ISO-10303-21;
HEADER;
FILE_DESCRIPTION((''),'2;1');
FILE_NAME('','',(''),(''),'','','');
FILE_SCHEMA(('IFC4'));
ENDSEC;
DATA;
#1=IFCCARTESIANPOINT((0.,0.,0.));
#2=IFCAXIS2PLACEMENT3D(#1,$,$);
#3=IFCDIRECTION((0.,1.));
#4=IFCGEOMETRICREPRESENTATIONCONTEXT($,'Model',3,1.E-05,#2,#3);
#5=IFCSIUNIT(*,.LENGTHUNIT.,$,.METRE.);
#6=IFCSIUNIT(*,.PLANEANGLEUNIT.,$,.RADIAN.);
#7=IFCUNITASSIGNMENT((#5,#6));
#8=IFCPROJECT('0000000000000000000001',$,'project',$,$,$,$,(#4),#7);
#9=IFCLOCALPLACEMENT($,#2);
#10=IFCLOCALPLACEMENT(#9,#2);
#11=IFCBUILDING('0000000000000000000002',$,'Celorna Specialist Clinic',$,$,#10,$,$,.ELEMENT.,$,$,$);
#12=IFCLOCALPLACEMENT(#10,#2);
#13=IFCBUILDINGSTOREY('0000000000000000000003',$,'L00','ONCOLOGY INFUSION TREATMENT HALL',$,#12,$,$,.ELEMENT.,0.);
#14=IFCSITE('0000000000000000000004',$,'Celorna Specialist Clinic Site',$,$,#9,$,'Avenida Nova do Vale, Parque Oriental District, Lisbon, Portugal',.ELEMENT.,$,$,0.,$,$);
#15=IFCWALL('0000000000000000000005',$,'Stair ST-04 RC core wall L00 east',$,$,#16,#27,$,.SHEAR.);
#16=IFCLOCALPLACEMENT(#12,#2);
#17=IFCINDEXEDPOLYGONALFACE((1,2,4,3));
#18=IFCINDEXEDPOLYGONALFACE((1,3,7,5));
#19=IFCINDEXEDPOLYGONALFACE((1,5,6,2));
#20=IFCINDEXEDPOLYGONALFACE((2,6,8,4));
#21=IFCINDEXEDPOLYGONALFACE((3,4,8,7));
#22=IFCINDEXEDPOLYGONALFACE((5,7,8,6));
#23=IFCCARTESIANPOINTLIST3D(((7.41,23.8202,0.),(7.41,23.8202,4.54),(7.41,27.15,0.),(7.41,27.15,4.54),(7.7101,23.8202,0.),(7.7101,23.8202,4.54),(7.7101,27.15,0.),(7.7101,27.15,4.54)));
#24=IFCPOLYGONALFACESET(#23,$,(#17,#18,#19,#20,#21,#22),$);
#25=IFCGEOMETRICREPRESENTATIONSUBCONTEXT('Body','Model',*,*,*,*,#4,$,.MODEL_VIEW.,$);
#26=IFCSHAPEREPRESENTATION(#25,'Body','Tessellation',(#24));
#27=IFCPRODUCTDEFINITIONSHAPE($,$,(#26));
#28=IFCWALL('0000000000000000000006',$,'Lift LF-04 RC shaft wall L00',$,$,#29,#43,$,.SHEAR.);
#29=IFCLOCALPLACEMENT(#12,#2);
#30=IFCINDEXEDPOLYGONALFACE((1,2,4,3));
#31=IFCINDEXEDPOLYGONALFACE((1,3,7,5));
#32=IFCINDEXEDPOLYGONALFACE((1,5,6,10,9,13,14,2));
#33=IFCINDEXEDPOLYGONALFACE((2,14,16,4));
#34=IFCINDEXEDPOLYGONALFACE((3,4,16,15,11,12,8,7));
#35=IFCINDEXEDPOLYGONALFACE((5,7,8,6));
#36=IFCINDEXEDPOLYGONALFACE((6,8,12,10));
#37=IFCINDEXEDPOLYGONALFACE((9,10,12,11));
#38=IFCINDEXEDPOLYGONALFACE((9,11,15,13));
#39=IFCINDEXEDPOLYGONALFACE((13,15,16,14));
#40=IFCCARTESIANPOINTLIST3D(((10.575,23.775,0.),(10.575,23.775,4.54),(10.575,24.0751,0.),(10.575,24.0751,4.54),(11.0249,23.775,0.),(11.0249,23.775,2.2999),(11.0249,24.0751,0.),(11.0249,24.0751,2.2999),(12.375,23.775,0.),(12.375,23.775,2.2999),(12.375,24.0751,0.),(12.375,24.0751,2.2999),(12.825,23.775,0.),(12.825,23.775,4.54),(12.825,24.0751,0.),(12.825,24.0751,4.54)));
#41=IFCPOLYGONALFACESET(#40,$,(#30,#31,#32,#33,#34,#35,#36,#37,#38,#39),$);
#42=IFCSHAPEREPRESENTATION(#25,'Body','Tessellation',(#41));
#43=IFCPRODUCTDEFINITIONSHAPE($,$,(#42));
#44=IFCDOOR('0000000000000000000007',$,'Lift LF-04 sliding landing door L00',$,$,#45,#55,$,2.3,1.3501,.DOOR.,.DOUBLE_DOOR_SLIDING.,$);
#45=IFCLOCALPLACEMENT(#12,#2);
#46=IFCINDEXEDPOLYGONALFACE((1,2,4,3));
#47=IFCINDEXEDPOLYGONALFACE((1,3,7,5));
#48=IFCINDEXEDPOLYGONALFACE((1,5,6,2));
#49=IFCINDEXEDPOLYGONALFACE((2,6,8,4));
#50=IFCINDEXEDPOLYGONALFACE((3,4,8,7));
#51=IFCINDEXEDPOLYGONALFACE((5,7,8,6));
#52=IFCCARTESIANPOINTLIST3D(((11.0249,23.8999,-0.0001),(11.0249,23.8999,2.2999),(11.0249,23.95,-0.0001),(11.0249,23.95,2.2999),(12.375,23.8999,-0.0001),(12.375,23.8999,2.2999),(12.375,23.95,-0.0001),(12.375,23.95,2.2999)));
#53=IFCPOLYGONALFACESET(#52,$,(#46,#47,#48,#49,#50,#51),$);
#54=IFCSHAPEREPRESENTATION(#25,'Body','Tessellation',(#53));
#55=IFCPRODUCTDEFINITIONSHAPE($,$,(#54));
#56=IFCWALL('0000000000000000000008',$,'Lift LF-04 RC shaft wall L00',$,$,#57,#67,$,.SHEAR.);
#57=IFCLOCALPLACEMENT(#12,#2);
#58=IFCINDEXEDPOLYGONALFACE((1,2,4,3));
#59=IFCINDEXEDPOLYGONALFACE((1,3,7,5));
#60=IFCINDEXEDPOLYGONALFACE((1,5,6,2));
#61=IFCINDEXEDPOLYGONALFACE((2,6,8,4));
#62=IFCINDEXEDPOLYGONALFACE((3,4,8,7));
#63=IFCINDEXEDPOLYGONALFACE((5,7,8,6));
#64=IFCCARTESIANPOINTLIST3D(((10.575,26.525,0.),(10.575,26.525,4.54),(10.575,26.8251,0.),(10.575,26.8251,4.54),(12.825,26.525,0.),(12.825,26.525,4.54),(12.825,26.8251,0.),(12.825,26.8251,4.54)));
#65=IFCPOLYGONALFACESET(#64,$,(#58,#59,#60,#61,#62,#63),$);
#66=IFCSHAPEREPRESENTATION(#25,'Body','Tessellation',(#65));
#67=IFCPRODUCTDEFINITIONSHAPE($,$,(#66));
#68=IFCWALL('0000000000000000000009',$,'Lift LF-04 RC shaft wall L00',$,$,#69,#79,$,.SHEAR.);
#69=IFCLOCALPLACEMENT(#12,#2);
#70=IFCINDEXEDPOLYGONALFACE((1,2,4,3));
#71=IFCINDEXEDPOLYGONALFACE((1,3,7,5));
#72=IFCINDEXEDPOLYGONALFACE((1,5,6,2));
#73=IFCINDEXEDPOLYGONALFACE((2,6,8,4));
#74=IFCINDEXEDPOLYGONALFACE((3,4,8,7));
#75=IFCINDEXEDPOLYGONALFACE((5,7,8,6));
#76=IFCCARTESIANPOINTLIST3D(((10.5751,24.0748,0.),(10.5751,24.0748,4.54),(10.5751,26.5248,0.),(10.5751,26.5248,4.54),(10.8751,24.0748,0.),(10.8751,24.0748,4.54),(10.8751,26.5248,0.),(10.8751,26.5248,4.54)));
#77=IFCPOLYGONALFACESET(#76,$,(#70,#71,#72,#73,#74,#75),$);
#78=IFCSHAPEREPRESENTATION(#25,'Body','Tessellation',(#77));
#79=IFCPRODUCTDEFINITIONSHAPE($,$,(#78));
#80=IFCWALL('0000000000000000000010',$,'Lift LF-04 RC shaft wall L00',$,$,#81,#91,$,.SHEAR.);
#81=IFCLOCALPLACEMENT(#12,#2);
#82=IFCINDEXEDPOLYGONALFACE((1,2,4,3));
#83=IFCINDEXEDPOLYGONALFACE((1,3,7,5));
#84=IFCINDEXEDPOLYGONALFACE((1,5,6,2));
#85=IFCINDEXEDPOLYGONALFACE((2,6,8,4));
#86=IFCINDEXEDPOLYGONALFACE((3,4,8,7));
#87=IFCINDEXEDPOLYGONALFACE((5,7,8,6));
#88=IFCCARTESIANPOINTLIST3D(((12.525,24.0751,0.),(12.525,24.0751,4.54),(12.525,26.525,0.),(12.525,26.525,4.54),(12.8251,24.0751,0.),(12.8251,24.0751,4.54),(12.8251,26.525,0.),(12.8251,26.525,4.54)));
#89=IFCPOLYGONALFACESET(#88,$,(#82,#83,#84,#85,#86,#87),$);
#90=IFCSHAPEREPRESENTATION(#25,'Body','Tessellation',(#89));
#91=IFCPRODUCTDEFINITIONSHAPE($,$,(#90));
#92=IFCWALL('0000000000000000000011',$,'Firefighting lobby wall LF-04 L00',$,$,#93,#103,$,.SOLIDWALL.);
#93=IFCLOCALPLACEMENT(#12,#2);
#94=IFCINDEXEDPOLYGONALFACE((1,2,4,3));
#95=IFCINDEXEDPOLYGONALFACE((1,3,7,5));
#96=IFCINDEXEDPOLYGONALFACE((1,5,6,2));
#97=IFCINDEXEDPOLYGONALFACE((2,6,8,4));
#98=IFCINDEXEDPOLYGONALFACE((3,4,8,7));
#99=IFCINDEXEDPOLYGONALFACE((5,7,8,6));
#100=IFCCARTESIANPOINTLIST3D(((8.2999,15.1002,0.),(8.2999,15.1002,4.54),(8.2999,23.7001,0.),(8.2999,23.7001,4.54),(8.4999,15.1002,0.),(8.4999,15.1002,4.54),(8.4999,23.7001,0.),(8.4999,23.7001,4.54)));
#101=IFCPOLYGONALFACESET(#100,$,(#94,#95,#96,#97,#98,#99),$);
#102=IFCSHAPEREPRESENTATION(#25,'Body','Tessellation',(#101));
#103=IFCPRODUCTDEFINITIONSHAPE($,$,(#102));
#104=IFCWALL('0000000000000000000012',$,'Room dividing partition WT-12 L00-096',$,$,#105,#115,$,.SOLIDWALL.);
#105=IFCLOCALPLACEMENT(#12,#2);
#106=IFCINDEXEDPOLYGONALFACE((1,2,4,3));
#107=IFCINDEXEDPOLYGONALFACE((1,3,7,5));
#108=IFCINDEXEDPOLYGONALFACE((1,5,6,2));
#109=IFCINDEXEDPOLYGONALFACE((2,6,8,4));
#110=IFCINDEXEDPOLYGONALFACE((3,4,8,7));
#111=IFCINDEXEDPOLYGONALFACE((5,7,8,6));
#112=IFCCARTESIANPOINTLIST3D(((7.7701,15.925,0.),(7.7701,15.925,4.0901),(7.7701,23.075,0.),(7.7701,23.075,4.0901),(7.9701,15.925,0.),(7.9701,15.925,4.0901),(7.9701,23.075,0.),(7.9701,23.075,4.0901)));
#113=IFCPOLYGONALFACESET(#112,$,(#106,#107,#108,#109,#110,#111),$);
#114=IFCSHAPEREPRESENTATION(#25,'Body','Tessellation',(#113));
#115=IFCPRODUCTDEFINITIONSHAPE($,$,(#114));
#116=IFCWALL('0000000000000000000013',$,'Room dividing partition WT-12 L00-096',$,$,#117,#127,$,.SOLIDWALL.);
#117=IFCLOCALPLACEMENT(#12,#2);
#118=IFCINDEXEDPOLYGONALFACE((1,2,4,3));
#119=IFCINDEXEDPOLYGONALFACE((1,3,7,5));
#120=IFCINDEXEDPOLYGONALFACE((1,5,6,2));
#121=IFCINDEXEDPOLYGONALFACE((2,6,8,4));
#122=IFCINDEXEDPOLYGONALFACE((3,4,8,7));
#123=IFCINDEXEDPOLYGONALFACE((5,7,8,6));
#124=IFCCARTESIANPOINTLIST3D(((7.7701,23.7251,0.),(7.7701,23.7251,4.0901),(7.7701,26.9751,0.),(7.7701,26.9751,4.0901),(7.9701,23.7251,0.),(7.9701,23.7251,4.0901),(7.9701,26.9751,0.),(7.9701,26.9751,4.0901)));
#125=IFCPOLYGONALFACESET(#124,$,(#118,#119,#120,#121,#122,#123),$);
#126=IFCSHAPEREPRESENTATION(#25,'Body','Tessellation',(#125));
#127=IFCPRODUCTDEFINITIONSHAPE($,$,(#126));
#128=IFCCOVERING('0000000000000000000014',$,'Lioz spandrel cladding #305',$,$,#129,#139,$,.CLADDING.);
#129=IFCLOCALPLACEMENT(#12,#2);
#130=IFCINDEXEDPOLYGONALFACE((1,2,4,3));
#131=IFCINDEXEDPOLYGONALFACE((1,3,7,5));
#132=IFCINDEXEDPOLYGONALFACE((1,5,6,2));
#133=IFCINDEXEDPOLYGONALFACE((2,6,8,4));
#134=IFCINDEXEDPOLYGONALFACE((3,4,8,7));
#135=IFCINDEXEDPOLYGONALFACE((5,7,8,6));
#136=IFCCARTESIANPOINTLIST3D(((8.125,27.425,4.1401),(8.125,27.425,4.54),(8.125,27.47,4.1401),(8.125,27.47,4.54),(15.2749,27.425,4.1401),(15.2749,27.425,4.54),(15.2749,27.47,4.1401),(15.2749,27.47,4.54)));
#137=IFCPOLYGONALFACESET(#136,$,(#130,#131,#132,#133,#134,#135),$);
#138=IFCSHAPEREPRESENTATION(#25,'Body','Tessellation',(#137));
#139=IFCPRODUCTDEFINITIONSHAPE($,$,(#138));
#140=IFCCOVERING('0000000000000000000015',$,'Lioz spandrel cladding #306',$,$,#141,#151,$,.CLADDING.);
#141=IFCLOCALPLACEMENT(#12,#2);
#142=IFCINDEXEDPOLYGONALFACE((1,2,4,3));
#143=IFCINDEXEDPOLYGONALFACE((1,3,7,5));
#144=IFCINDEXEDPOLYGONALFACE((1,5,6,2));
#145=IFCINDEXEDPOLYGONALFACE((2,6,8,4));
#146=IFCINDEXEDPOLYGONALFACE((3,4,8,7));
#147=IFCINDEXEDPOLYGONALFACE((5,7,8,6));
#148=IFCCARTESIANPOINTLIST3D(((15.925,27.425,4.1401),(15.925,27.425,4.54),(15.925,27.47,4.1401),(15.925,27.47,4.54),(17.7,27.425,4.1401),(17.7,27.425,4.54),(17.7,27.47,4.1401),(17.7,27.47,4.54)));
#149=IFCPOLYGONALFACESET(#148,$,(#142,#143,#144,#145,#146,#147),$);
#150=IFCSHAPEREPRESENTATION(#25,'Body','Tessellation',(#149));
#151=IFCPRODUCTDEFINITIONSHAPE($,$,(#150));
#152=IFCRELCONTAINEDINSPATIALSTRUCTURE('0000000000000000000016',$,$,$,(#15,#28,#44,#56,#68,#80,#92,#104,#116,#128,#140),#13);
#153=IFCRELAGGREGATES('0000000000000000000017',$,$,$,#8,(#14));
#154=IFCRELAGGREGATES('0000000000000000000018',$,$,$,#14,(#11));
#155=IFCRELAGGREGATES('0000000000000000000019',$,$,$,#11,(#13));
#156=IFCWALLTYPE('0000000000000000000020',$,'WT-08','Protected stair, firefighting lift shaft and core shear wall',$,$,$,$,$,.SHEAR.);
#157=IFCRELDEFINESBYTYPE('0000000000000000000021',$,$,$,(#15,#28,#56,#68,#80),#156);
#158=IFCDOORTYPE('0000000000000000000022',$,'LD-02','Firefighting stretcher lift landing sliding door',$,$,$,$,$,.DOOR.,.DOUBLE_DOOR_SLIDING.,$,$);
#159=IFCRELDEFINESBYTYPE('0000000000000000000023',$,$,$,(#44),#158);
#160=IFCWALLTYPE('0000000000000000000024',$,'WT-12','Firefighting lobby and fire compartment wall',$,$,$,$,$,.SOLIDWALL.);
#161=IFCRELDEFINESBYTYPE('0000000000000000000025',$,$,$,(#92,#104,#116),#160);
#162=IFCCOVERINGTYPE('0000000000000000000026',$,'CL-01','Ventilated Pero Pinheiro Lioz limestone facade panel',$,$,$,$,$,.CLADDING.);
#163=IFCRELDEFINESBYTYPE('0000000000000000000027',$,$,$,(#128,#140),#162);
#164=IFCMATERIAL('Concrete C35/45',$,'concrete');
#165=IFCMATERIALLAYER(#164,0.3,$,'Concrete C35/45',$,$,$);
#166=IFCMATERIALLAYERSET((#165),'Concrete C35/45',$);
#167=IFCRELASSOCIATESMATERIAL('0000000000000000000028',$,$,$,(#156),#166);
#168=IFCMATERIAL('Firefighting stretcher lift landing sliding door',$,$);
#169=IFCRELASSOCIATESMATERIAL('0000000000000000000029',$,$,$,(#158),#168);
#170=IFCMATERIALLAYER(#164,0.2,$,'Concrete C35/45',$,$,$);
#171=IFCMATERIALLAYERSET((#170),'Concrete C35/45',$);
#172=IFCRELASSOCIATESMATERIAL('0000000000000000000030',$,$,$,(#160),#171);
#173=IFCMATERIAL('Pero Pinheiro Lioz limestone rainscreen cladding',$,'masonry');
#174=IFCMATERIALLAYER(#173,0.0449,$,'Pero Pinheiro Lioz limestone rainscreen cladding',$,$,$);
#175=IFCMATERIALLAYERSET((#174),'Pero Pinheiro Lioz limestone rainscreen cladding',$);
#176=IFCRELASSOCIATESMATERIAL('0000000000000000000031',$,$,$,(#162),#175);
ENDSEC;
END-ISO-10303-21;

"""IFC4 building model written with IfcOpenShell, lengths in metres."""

from ifc_helpers import new_model, si_unit, direction, frame, frame_2d, origin, origin_2d, place, context, subcontext, project, spatial, rectangle, extrude, material, layer, layer_set, type_object, element, fill, save


model = new_model("IFC4")

# Units and contexts
model_context = context("Model", 3, precision=1e-05, world=origin(), true_north=direction((0.0, 1.0)))
body_context = subcontext(model_context, "Body", "Model", "MODEL_VIEW")
ifc_project = project(units=[si_unit("LENGTHUNIT", "METRE"), si_unit("PLANEANGLEUNIT", "RADIAN")], contexts=[model_context])

# Site, building, storey
site_placement = place(None, origin())
site = spatial("IfcSite", under=ifc_project, at=site_placement, Name="Celorna Specialist Clinic Site", LongName="Avenida Nova do Vale, Parque Oriental District, Lisbon, Portugal", CompositionType="ELEMENT", RefElevation=0.0)
building_placement = place(site_placement, origin())
building = spatial("IfcBuilding", under=site, at=building_placement, Name="Celorna Specialist Clinic", CompositionType="ELEMENT")
storey_placement = place(building_placement, origin())
storey = spatial("IfcBuildingStorey", under=building, at=storey_placement, Name="L00", Description="ONCOLOGY INFUSION TREATMENT HALL", CompositionType="ELEMENT", Elevation=0.0)

# Shared definitions
ifc_material_1 = material(Name="Concrete C35/45", Category="concrete")

# Wall
ifc_layer_1 = layer(ifc_material_1, 0.3, Name="Concrete C35/45")
ifc_layer_set_1 = layer_set([ifc_layer_1], Name="Concrete C35/45")
wall_type_1 = type_object("IfcWallType", Name="WT-08", Description="Protected stair, firefighting lift shaft and core shear wall", PredefinedType="SHEAR", material=ifc_layer_set_1)
wall_1_placement = place(storey_placement, frame((7.5601, 23.8201, 0.0), z_axis=(0.0, 0.0, 1.0), x_axis=(0.0, 1.0, 0.0)))
element("IfcWall", 1, at=wall_1_placement, inside=storey, type_object=wall_type_1, Name="Stair ST-04 RC core wall L00 east", PredefinedType="SHEAR", context=body_context, shape_type="SweptSolid", body=[
    extrude(rectangle(XDim=3.3298, YDim=0.3, at=frame_2d((1.665, 0.0))), origin(), (0.0, 0.0, 1.0), 4.54),
])

# Wall, opening, door
wall_2_placement = place(storey_placement, frame((10.575, 23.925, 0.0), z_axis=(0.0, 0.0, 1.0), x_axis=(1.0, 0.0, 0.0)))
wall_2 = element("IfcWall", 2, at=wall_2_placement, inside=storey, type_object=wall_type_1, Name="Lift LF-04 RC shaft wall L00", PredefinedType="SHEAR", context=body_context, shape_type="SweptSolid", body=[
    extrude(rectangle(XDim=2.25, YDim=0.3, at=frame_2d((1.125, 0.0))), origin(), (0.0, 0.0, 1.0), 4.54),
])
opening_1_placement = place(wall_2_placement, frame((0.45, 0.0, 0.0)))
opening_1 = element("IfcOpeningElement", 3, at=opening_1_placement, cuts=wall_2, PredefinedType="OPENING", context=body_context, shape_type="SweptSolid", body=[
    extrude(rectangle(XDim=1.3501, YDim=2.3, at=frame_2d((0.675, 1.1499))), frame((0.0, 0.1599, 0.0), z_axis=(0.0, -1.0, 0.0), x_axis=(1.0, 0.0, 0.0)), (0.0, 0.0, 1.0), 0.3201),
])
ifc_material_2 = material(Name="Firefighting stretcher lift landing sliding door")
door_type = type_object("IfcDoorType", Name="LD-02", Description="Firefighting stretcher lift landing sliding door", OperationType="DOUBLE_DOOR_SLIDING", PredefinedType="DOOR", material=ifc_material_2)
door_placement = place(opening_1_placement, origin())
door = element("IfcDoor", 4, at=door_placement, inside=storey, type_object=door_type, Name="Lift LF-04 sliding landing door L00", OperationType="DOUBLE_DOOR_SLIDING", OverallHeight=2.3, OverallWidth=1.3501, PredefinedType="DOOR", context=body_context, shape_type="SweptSolid", body=[
    extrude(rectangle(XDim=1.3501, YDim=2.3, at=frame_2d((0.675, 1.1499))), frame((0.0, 0.0249, 0.0), z_axis=(0.0, -1.0, 0.0), x_axis=(1.0, 0.0, 0.0)), (0.0, 0.0, 1.0), 0.05),
])
fill(opening_1, door)

# Walls
wall_3_placement = place(storey_placement, frame((12.825, 26.675, 0.0), z_axis=(0.0, 0.0, 1.0), x_axis=(-1.0, 0.0, 0.0)))
element("IfcWall", 5, at=wall_3_placement, inside=storey, type_object=wall_type_1, Name="Lift LF-04 RC shaft wall L00", PredefinedType="SHEAR", context=body_context, shape_type="SweptSolid", body=[
    extrude(rectangle(XDim=2.25, YDim=0.3, at=frame_2d((1.125, 0.0))), origin(), (0.0, 0.0, 1.0), 4.54),
])
for number, where, z_axis, x_axis, name in (
    (6, (10.7251, 26.5249, 0.0), (0.0, 0.0, 1.0), (0.0, -1.0, 0.0), "Lift LF-04 RC shaft wall L00"),
    (7, (12.675, 24.075, 0.0), (0.0, 0.0, 1.0), (0.0, 1.0, 0.0), "Lift LF-04 RC shaft wall L00"),
):
    element("IfcWall", number, at=place(storey_placement, frame(where, z_axis=z_axis, x_axis=x_axis)), inside=storey, type_object=wall_type_1, Name=name, PredefinedType="SHEAR", context=body_context, shape_type="SweptSolid", body=[
        extrude(rectangle(XDim=2.45, YDim=0.3, at=frame_2d((1.2251, 0.0))), origin(), (0.0, 0.0, 1.0), 4.54),
    ])
ifc_layer_2 = layer(ifc_material_1, 0.2, Name="Concrete C35/45")
ifc_layer_set_2 = layer_set([ifc_layer_2], Name="Concrete C35/45")
wall_type_2 = type_object("IfcWallType", Name="WT-12", Description="Firefighting lobby and fire compartment wall", PredefinedType="SOLIDWALL", material=ifc_layer_set_2)
wall_4_placement = place(storey_placement, frame((8.3999, 23.7, 0.0), z_axis=(0.0, 0.0, 1.0), x_axis=(0.0, -1.0, 0.0)))
element("IfcWall", 8, at=wall_4_placement, inside=storey, type_object=wall_type_2, Name="Firefighting lobby wall LF-04 L00", PredefinedType="SOLIDWALL", context=body_context, shape_type="SweptSolid", body=[
    extrude(rectangle(XDim=8.5999, YDim=0.2, at=frame_2d((4.2998, 0.0))), origin(), (0.0, 0.0, 1.0), 4.54),
])
wall_5_placement = place(storey_placement, frame((7.8701, 15.925, 0.0), z_axis=(0.0, 0.0, 1.0), x_axis=(0.0, 1.0, 0.0)))
element("IfcWall", 9, at=wall_5_placement, inside=storey, type_object=wall_type_2, Name="Room dividing partition WT-12 L00-096", PredefinedType="SOLIDWALL", context=body_context, shape_type="SweptSolid", body=[
    extrude(rectangle(XDim=7.1499, YDim=0.2, at=frame_2d((3.575, 0.0))), origin(), (0.0, 0.0, 1.0), 4.0901),
])
wall_6_placement = place(storey_placement, frame((7.8701, 23.7251, 0.0), z_axis=(0.0, 0.0, 1.0), x_axis=(0.0, 1.0, 0.0)))
element("IfcWall", 10, at=wall_6_placement, inside=storey, type_object=wall_type_2, Name="Room dividing partition WT-12 L00-096", PredefinedType="SOLIDWALL", context=body_context, shape_type="SweptSolid", body=[
    extrude(rectangle(XDim=3.25, YDim=0.2, at=frame_2d((1.625, 0.0))), origin(), (0.0, 0.0, 1.0), 4.0901),
])

# Coverings
ifc_material_3 = material(Name="Pero Pinheiro Lioz limestone rainscreen cladding", Category="masonry")
ifc_layer_3 = layer(ifc_material_3, 0.0449, Name="Pero Pinheiro Lioz limestone rainscreen cladding")
ifc_layer_set_3 = layer_set([ifc_layer_3], Name="Pero Pinheiro Lioz limestone rainscreen cladding")
covering_type = type_object("IfcCoveringType", Name="CL-01", Description="Ventilated Pero Pinheiro Lioz limestone facade panel", PredefinedType="CLADDING", material=ifc_layer_set_3)
covering_1_placement = place(storey_placement, frame((11.7, 27.4475, 4.1401), z_axis=(0.0, 0.0, 1.0), x_axis=(1.0, 0.0, 0.0)))
element("IfcCovering", 11, at=covering_1_placement, inside=storey, type_object=covering_type, Name="Lioz spandrel cladding #305", PredefinedType="CLADDING", context=body_context, shape_type="SweptSolid", body=[
    extrude(rectangle(XDim=7.1499, YDim=0.0449, at=origin_2d()), origin(), (0.0, 0.0, 1.0), 0.3999),
])
covering_2_placement = place(storey_placement, frame((16.8125, 27.4475, 4.1401), z_axis=(0.0, 0.0, 1.0), x_axis=(1.0, 0.0, 0.0)))
element("IfcCovering", 12, at=covering_2_placement, inside=storey, type_object=covering_type, Name="Lioz spandrel cladding #306", PredefinedType="CLADDING", context=body_context, shape_type="SweptSolid", body=[
    extrude(rectangle(XDim=1.7749, YDim=0.0449, at=origin_2d()), origin(), (0.0, 0.0, 1.0), 0.3999),
])

save(model, "model.ifc")
